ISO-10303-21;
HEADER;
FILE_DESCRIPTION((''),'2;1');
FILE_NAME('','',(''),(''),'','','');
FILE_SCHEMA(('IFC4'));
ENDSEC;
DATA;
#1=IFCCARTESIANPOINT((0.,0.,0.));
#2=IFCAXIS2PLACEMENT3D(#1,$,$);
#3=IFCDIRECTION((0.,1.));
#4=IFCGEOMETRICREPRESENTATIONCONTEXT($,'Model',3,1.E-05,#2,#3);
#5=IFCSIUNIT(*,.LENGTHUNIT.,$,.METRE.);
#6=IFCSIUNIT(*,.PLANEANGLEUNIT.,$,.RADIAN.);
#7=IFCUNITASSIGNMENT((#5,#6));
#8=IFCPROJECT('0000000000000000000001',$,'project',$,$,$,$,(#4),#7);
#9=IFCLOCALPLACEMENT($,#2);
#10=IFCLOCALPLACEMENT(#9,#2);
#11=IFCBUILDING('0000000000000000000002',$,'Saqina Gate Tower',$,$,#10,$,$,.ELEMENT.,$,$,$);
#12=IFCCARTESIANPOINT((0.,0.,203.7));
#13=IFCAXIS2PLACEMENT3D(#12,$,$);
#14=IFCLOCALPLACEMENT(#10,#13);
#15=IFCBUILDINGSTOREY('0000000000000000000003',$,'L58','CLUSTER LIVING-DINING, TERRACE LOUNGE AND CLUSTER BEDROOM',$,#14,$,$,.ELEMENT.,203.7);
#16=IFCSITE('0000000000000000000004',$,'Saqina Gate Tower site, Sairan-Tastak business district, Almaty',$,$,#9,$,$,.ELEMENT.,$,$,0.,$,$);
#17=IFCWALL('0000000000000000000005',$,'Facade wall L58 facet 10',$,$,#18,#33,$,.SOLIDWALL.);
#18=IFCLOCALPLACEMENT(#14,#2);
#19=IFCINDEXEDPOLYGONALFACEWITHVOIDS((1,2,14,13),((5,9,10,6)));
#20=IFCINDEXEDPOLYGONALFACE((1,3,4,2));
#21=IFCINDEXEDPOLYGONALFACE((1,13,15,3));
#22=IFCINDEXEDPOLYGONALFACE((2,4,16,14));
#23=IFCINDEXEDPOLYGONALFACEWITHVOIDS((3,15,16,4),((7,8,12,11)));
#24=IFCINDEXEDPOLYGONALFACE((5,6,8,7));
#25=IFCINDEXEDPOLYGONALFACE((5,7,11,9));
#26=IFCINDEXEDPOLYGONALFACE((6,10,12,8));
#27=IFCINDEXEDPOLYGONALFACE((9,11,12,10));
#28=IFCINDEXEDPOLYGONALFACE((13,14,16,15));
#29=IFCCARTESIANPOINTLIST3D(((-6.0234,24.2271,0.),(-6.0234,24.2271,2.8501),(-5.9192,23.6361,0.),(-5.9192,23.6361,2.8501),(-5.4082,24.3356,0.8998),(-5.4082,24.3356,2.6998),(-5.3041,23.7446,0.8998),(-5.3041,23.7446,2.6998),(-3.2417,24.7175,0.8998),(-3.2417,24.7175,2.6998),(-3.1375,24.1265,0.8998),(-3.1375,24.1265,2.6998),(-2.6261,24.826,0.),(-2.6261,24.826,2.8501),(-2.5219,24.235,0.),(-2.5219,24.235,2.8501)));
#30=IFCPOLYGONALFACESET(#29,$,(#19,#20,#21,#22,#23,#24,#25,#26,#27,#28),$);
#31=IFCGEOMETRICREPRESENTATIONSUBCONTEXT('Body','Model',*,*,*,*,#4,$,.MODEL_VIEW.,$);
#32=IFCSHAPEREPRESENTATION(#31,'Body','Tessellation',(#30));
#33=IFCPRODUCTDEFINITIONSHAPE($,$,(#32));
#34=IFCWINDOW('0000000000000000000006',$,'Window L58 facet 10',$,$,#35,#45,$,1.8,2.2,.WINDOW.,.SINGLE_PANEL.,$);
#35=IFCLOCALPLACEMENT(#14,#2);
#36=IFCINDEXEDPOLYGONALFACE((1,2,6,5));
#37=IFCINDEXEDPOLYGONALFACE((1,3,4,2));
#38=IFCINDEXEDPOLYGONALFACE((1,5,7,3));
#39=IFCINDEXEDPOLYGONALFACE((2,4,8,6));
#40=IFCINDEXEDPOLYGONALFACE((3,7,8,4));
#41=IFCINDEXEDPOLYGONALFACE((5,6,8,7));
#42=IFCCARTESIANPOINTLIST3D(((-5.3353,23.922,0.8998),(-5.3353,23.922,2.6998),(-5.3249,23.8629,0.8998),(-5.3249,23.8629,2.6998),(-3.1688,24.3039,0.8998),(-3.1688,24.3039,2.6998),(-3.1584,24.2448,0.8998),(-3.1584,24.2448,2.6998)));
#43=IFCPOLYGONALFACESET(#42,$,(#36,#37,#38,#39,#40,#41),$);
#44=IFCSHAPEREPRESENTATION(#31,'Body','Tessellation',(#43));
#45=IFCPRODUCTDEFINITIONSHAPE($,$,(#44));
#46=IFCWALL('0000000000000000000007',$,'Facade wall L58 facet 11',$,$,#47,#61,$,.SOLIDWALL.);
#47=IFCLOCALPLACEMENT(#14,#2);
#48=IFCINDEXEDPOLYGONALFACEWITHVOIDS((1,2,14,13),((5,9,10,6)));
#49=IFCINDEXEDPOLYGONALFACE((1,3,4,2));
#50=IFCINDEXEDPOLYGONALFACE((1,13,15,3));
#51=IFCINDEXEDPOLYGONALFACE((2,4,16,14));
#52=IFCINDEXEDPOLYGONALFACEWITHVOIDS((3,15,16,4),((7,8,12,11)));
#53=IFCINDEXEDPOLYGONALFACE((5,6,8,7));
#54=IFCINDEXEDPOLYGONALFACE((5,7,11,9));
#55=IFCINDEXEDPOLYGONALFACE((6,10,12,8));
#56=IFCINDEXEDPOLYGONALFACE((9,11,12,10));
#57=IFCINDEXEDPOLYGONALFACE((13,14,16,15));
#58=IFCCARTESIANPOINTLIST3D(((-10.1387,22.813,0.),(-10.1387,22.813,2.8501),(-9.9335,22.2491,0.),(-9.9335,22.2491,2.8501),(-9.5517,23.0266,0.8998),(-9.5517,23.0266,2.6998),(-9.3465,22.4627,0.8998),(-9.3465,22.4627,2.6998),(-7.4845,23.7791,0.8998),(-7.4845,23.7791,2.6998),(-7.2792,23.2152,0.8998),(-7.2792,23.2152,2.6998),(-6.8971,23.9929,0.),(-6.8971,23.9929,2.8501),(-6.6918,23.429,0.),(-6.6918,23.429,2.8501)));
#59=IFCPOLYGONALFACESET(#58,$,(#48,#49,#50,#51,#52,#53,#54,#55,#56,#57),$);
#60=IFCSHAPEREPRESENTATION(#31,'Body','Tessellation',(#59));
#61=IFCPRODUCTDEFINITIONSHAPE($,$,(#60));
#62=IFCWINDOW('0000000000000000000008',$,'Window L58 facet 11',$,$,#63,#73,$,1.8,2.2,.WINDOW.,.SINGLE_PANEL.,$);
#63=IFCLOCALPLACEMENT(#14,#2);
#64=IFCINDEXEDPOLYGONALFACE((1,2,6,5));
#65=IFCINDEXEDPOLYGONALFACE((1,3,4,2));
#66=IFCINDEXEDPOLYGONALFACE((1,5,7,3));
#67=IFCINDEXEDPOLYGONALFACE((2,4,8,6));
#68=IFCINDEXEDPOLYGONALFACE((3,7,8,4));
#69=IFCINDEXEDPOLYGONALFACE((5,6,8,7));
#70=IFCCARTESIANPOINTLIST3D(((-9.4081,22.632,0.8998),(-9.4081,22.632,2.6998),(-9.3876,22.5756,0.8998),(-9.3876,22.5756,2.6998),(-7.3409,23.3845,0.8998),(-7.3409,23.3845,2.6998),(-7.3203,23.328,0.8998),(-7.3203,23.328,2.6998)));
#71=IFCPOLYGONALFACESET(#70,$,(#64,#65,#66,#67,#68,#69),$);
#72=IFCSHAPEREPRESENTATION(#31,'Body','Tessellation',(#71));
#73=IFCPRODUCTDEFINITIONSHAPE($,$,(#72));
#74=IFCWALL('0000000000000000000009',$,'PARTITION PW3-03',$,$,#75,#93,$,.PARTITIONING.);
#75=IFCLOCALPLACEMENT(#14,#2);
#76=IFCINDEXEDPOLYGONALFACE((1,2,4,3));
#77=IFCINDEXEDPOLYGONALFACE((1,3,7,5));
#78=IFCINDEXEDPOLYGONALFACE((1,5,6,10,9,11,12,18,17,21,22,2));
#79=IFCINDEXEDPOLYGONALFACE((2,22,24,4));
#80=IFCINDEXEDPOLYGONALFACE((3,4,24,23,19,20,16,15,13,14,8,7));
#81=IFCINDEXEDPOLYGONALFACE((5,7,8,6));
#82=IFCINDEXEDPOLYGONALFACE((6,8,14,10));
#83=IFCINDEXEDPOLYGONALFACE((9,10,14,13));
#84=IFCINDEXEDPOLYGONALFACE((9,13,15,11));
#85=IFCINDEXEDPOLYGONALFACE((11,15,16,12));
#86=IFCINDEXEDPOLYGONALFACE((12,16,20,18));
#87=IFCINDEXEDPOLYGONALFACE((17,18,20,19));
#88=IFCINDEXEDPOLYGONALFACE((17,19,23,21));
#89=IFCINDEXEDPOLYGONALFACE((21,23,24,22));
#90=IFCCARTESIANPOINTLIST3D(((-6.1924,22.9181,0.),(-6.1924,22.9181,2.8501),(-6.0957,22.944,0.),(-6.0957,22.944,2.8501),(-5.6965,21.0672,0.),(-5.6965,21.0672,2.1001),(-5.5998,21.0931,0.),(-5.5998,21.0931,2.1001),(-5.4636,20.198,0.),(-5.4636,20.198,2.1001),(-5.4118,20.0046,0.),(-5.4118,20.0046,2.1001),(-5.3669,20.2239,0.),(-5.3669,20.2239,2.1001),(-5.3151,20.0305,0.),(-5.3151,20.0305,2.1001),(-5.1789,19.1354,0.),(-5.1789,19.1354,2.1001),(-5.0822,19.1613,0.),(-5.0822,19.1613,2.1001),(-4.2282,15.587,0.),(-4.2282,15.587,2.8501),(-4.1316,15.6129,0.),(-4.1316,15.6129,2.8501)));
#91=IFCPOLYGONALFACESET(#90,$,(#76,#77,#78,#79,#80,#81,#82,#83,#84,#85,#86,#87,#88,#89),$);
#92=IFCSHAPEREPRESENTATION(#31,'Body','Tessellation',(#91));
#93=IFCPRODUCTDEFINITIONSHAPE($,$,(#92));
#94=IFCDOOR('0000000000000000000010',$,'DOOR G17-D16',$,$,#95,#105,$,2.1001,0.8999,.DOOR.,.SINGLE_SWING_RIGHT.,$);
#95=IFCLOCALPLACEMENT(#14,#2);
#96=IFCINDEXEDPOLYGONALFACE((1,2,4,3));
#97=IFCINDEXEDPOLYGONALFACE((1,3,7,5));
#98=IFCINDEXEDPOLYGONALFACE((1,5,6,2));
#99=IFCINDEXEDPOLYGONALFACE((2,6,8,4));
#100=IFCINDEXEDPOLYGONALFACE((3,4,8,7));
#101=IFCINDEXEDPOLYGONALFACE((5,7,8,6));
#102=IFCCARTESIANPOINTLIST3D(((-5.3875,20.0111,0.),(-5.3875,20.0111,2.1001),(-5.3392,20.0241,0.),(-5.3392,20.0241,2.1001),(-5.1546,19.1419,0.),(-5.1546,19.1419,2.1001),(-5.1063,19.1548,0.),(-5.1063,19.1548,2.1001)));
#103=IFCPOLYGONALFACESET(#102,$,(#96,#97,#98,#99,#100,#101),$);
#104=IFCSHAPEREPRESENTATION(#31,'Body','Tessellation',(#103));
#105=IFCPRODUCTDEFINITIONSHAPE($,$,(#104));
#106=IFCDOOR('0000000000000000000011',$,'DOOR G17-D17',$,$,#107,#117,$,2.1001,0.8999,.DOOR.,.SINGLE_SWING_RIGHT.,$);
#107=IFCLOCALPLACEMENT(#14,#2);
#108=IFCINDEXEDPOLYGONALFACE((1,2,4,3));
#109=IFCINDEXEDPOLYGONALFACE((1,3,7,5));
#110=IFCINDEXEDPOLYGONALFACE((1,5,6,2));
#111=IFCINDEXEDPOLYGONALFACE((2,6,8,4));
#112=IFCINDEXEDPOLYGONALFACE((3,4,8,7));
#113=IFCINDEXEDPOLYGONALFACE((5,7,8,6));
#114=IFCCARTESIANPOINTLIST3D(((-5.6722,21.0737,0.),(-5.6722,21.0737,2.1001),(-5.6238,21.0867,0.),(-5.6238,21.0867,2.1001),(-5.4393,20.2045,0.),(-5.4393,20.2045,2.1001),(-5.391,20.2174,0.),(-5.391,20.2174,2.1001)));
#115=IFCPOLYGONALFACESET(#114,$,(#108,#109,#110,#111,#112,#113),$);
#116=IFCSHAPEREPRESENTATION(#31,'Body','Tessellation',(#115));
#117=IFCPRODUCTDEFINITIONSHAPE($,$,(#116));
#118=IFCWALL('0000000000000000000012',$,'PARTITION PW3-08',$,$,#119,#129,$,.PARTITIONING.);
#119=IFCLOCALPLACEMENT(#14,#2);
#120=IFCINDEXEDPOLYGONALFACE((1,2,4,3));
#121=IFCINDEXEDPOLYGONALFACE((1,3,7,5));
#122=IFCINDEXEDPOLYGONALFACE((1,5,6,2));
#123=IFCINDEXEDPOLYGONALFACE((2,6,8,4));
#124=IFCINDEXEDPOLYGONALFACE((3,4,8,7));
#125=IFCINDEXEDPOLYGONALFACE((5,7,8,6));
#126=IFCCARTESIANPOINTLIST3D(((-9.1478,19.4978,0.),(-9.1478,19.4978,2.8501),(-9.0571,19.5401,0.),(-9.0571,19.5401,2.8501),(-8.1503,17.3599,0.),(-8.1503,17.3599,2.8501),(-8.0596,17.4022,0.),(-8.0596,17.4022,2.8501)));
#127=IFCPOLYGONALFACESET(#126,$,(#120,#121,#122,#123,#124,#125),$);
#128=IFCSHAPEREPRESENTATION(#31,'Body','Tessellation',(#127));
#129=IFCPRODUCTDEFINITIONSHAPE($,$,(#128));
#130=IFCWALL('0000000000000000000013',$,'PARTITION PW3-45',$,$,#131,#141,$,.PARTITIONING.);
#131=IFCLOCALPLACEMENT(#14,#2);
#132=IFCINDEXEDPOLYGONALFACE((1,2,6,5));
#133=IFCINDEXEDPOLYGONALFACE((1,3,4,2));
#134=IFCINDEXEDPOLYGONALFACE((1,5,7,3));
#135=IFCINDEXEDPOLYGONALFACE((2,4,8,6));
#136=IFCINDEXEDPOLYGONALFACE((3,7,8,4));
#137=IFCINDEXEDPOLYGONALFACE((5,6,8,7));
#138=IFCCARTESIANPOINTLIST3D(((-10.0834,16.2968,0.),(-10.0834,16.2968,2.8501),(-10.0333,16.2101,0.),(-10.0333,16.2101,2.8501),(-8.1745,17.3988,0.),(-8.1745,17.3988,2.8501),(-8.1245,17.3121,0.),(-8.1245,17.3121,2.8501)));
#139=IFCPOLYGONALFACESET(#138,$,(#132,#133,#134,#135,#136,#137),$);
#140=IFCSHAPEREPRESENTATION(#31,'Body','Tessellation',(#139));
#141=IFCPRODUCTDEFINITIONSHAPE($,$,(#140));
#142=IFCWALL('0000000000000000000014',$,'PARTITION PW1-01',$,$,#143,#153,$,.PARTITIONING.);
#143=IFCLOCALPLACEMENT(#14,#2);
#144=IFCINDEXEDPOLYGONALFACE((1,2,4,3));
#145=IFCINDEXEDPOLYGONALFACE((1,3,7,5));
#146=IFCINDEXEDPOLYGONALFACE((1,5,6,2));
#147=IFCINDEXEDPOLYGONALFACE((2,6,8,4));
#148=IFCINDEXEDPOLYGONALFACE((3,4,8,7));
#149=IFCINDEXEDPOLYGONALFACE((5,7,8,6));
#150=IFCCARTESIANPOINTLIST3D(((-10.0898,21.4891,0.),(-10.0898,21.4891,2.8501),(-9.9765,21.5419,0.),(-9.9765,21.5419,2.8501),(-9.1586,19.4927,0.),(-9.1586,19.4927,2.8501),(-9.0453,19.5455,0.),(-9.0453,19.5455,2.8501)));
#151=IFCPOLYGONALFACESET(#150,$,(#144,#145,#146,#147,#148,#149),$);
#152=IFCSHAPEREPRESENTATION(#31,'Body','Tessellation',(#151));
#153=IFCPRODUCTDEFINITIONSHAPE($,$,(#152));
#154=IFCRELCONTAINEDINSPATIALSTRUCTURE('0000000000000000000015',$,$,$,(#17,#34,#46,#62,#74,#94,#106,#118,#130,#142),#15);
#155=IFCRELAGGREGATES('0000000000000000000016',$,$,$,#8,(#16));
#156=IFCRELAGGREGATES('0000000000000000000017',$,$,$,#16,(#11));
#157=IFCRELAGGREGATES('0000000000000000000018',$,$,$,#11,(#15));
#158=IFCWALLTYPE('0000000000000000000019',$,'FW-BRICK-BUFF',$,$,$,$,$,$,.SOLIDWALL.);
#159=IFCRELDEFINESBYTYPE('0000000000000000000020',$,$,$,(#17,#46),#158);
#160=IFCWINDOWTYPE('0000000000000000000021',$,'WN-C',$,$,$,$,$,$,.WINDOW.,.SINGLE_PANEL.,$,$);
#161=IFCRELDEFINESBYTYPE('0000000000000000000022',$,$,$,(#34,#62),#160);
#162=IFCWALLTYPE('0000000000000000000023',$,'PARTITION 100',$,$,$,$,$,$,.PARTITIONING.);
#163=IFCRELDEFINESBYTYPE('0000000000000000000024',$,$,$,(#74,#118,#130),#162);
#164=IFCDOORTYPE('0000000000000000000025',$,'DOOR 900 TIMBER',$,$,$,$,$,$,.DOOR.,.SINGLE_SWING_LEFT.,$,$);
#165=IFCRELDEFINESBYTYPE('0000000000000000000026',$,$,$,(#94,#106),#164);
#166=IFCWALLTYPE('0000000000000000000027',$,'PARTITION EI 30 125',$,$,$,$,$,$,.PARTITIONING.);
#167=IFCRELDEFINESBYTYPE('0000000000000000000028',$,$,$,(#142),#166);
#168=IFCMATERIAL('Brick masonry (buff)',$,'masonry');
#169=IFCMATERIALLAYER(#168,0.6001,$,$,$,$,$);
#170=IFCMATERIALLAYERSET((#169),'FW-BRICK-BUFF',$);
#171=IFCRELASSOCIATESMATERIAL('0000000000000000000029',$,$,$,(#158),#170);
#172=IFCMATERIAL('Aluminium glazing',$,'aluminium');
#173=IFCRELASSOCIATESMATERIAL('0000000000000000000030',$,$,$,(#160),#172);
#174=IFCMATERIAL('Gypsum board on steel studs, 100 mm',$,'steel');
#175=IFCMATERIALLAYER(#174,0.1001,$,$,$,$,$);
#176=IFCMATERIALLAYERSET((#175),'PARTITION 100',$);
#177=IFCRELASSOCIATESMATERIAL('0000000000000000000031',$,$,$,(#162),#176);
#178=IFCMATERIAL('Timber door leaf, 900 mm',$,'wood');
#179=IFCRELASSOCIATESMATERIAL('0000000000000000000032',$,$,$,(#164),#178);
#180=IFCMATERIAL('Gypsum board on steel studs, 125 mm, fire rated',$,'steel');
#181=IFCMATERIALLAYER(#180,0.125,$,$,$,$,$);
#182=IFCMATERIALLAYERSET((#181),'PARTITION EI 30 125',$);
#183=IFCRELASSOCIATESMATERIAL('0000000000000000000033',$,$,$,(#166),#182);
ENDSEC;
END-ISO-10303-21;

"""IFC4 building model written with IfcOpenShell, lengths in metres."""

from ifc_helpers import new_model, si_unit, direction, frame, frame_2d, origin, place, context, subcontext, project, spatial, rectangle, extrude, material, layer, layer_set, type_object, element, fill, save


model = new_model("IFC4")

# Units and contexts
model_context = context("Model", 3, precision=1e-05, world=origin(), true_north=direction((0.0, 1.0)))
body_context = subcontext(model_context, "Body", "Model", "MODEL_VIEW")
ifc_project = project(units=[si_unit("LENGTHUNIT", "METRE"), si_unit("PLANEANGLEUNIT", "RADIAN")], contexts=[model_context])

# Site, building, storey
site_placement = place(None, origin())
site = spatial("IfcSite", under=ifc_project, at=site_placement, Name="Saqina Gate Tower site, Sairan-Tastak business district, Almaty", CompositionType="ELEMENT", RefElevation=0.0)
building_placement = place(site_placement, origin())
building = spatial("IfcBuilding", under=site, at=building_placement, Name="Saqina Gate Tower", CompositionType="ELEMENT")
storey_placement = place(building_placement, frame((0.0, 0.0, 203.7)))
storey = spatial("IfcBuildingStorey", under=building, at=storey_placement, Name="L58", Description="CLUSTER LIVING-DINING, TERRACE LOUNGE AND CLUSTER BEDROOM", CompositionType="ELEMENT", Elevation=203.7)

# Walls, openings, windows
ifc_material_1 = material(Name="Brick masonry (buff)", Category="masonry")
ifc_layer_1 = layer(ifc_material_1, 0.6001)
ifc_layer_set_1 = layer_set([ifc_layer_1], Name="FW-BRICK-BUFF")
wall_type_1 = type_object("IfcWallType", Name="FW-BRICK-BUFF", PredefinedType="SOLIDWALL", material=ifc_layer_set_1)
wall_1_placement = place(storey_placement, frame((-2.574, 24.5305, 0.0), z_axis=(0.0, 0.0, 1.0), x_axis=(-0.984815, -0.173608, 0.0)))
wall_1 = element("IfcWall", 1, at=wall_1_placement, inside=storey, type_object=wall_type_1, Name="Facade wall L58 facet 10", PredefinedType="SOLIDWALL", context=body_context, shape_type="SweptSolid", body=[
    extrude(rectangle(XDim=3.4497, YDim=0.6001, at=frame_2d((1.7249, 0.0))), origin(), (0.0, 0.0, 1.0), 2.8501),
])
opening_1_placement = place(wall_1_placement, frame((0.625, 0.0, 0.8999)))
opening_1 = element("IfcOpeningElement", 2, at=opening_1_placement, cuts=wall_1, PredefinedType="OPENING", context=body_context, shape_type="SweptSolid", body=[
    extrude(rectangle(XDim=2.2, YDim=1.8, at=frame_2d((1.1001, 0.8999))), frame((0.0, 0.312, 0.0), z_axis=(0.0, -1.0, 0.0), x_axis=(1.0, 0.0, 0.0)), (0.0, 0.0, 1.0), 0.624),
])
ifc_material_2 = material(Name="Aluminium glazing", Category="aluminium")
window_type = type_object("IfcWindowType", Name="WN-C", PartitioningType="SINGLE_PANEL", PredefinedType="WINDOW", material=ifc_material_2)
window_1_placement = place(opening_1_placement, origin())
window_1 = element("IfcWindow", 3, at=window_1_placement, inside=storey, type_object=window_type, Name="Window L58 facet 10", OverallHeight=1.8, OverallWidth=2.2, PartitioningType="SINGLE_PANEL", PredefinedType="WINDOW", context=body_context, shape_type="SweptSolid", body=[
    extrude(rectangle(XDim=2.2, YDim=1.8, at=frame_2d((1.1001, 0.8999))), frame((0.0, 0.1799, 0.0), z_axis=(0.0, -1.0, 0.0), x_axis=(1.0, 0.0, 0.0)), (0.0, 0.0, 1.0), 0.0601),
])
fill(opening_1, window_1)
wall_2_placement = place(storey_placement, frame((-6.7944, 23.7109, 0.0), z_axis=(0.0, 0.0, 1.0), x_axis=(-0.939688, -0.342033, 0.0)))
wall_2 = element("IfcWall", 4, at=wall_2_placement, inside=storey, type_object=wall_type_1, Name="Facade wall L58 facet 11", PredefinedType="SOLIDWALL", context=body_context, shape_type="SweptSolid", body=[
    extrude(rectangle(XDim=3.4497, YDim=0.6001, at=frame_2d((1.7249, 0.0))), origin(), (0.0, 0.0, 1.0), 2.8501),
])
opening_2_placement = place(wall_2_placement, frame((0.625, 0.0, 0.8999)))
opening_2 = element("IfcOpeningElement", 5, at=opening_2_placement, cuts=wall_2, PredefinedType="OPENING", context=body_context, shape_type="SweptSolid", body=[
    extrude(rectangle(XDim=2.2, YDim=1.8, at=frame_2d((1.1001, 0.8999))), frame((0.0, 0.312, 0.0), z_axis=(0.0, -1.0, 0.0), x_axis=(1.0, 0.0, 0.0)), (0.0, 0.0, 1.0), 0.624),
])
window_2_placement = place(opening_2_placement, origin())
window_2 = element("IfcWindow", 6, at=window_2_placement, inside=storey, type_object=window_type, Name="Window L58 facet 11", OverallHeight=1.8, OverallWidth=2.2, PartitioningType="SINGLE_PANEL", PredefinedType="WINDOW", context=body_context, shape_type="SweptSolid", body=[
    extrude(rectangle(XDim=2.2, YDim=1.8, at=frame_2d((1.1001, 0.8999))), frame((0.0, 0.1799, 0.0), z_axis=(0.0, -1.0, 0.0), x_axis=(1.0, 0.0, 0.0)), (0.0, 0.0, 1.0), 0.0601),
])
fill(opening_2, window_2)

# Wall, openings, doors
ifc_material_3 = material(Name="Gypsum board on steel studs, 100 mm", Category="steel")
ifc_layer_2 = layer(ifc_material_3, 0.1001)
ifc_layer_set_2 = layer_set([ifc_layer_2], Name="PARTITION 100")
wall_type_2 = type_object("IfcWallType", Name="PARTITION 100", PredefinedType="PARTITIONING", material=ifc_layer_set_2)
wall_3_placement = place(storey_placement, frame((-6.144, 22.9312, 0.0), z_axis=(0.0, 0.0, 1.0), x_axis=(0.25879, -0.965934, 0.0)))
wall_3 = element("IfcWall", 7, at=wall_3_placement, inside=storey, type_object=wall_type_2, Name="PARTITION PW3-03", PredefinedType="PARTITIONING", context=body_context, shape_type="SweptSolid", body=[
    extrude(rectangle(XDim=7.5896, YDim=0.1001, at=frame_2d((3.7949, 0.0))), origin(), (0.0, 0.0, 1.0), 2.8501),
])
opening_3_placement = place(wall_3_placement, frame((3.0164, 0.0, 0.0)))
opening_3 = element("IfcOpeningElement", 8, at=opening_3_placement, cuts=wall_3, PredefinedType="OPENING", context=body_context, shape_type="SweptSolid", body=[
    extrude(rectangle(XDim=0.8999, YDim=2.1001, at=frame_2d((0.45, 1.05))), frame((0.0, 0.062, 0.0), z_axis=(0.0, -1.0, 0.0), x_axis=(1.0, 0.0, 0.0)), (0.0, 0.0, 1.0), 0.124),
])
opening_4_placement = place(wall_3_placement, frame((1.9163, 0.0, 0.0)))
opening_4 = element("IfcOpeningElement", 9, at=opening_4_placement, cuts=wall_3, PredefinedType="OPENING", context=body_context, shape_type="SweptSolid", body=[
    extrude(rectangle(XDim=0.8999, YDim=2.1001, at=frame_2d((0.45, 1.05))), frame((0.0, 0.062, 0.0), z_axis=(0.0, -1.0, 0.0), x_axis=(1.0, 0.0, 0.0)), (0.0, 0.0, 1.0), 0.124),
])
ifc_material_4 = material(Name="Timber door leaf, 900 mm", Category="wood")
door_type_1 = type_object("IfcDoorType", Name="DOOR 900 TIMBER", OperationType="SINGLE_SWING_LEFT", PredefinedType="DOOR", material=ifc_material_4)
door_1_placement = place(opening_3_placement, frame((0.8999, 0.0, 0.0), z_axis=(0.0, 0.0, 1.0), x_axis=(-1.0, 0.0, 0.0)))
door_1 = element("IfcDoor", 10, at=door_1_placement, inside=storey, type_object=door_type_1, Name="DOOR G17-D16", OperationType="SINGLE_SWING_RIGHT", OverallHeight=2.1001, OverallWidth=0.8999, PredefinedType="DOOR", context=body_context, shape_type="SweptSolid", body=[
    extrude(rectangle(XDim=0.8999, YDim=2.1001, at=frame_2d((0.45, 1.05))), frame((0.0, 0.0249, 0.0), z_axis=(0.0, -1.0, 0.0), x_axis=(1.0, 0.0, 0.0)), (0.0, 0.0, 1.0), 0.05),
])
fill(opening_3, door_1)
door_2_placement = place(opening_4_placement, frame((0.8999, 0.0, 0.0), z_axis=(0.0, 0.0, 1.0), x_axis=(-1.0, 0.0, 0.0)))
door_2 = element("IfcDoor", 11, at=door_2_placement, inside=storey, type_object=door_type_1, Name="DOOR G17-D17", OperationType="SINGLE_SWING_RIGHT", OverallHeight=2.1001, OverallWidth=0.8999, PredefinedType="DOOR", context=body_context, shape_type="SweptSolid", body=[
    extrude(rectangle(XDim=0.8999, YDim=2.1001, at=frame_2d((0.45, 1.05))), frame((0.0, 0.0249, 0.0), z_axis=(0.0, -1.0, 0.0), x_axis=(1.0, 0.0, 0.0)), (0.0, 0.0, 1.0), 0.05),
])
fill(opening_4, door_2)

# Walls
wall_4_placement = place(storey_placement, frame((-9.1025, 19.519, 0.0), z_axis=(0.0, 0.0, 1.0), x_axis=(0.422834, -0.906207, 0.0)))
element("IfcWall", 12, at=wall_4_placement, inside=storey, type_object=wall_type_2, Name="PARTITION PW3-08", PredefinedType="PARTITIONING", context=body_context, shape_type="SweptSolid", body=[
    extrude(rectangle(XDim=2.3591, YDim=0.1001, at=frame_2d((1.1797, 0.0))), origin(), (0.0, 0.0, 1.0), 2.8501),
])
wall_5_placement = place(storey_placement, frame((-10.0583, 16.2534, 0.0), z_axis=(0.0, 0.0, 1.0), x_axis=(0.86604, 0.499975, 0.0)))
element("IfcWall", 13, at=wall_5_placement, inside=storey, type_object=wall_type_2, Name="PARTITION PW3-45", PredefinedType="PARTITIONING", context=body_context, shape_type="SweptSolid", body=[
    extrude(rectangle(XDim=2.2041, YDim=0.1001, at=frame_2d((1.1021, 0.0))), origin(), (0.0, 0.0, 1.0), 2.8501),
])
ifc_material_5 = material(Name="Gypsum board on steel studs, 125 mm, fire rated", Category="steel")
ifc_layer_3 = layer(ifc_material_5, 0.125)
ifc_layer_set_3 = layer_set([ifc_layer_3], Name="PARTITION EI 30 125")
wall_type_3 = type_object("IfcWallType", Name="PARTITION EI 30 125", PredefinedType="PARTITIONING", material=ifc_layer_set_3)
wall_6_placement = place(storey_placement, frame((-10.0332, 21.5156, 0.0), z_axis=(0.0, 0.0, 1.0), x_axis=(0.42271, -0.906265, 0.0)))
element("IfcWall", 14, at=wall_6_placement, inside=storey, type_object=wall_type_3, Name="PARTITION PW1-01", PredefinedType="PARTITIONING", context=body_context, shape_type="SweptSolid", body=[
    extrude(rectangle(XDim=2.2029, YDim=0.125, at=frame_2d((1.1016, 0.0))), origin(), (0.0, 0.0, 1.0), 2.8501),
])

save(model, "model.ifc")
